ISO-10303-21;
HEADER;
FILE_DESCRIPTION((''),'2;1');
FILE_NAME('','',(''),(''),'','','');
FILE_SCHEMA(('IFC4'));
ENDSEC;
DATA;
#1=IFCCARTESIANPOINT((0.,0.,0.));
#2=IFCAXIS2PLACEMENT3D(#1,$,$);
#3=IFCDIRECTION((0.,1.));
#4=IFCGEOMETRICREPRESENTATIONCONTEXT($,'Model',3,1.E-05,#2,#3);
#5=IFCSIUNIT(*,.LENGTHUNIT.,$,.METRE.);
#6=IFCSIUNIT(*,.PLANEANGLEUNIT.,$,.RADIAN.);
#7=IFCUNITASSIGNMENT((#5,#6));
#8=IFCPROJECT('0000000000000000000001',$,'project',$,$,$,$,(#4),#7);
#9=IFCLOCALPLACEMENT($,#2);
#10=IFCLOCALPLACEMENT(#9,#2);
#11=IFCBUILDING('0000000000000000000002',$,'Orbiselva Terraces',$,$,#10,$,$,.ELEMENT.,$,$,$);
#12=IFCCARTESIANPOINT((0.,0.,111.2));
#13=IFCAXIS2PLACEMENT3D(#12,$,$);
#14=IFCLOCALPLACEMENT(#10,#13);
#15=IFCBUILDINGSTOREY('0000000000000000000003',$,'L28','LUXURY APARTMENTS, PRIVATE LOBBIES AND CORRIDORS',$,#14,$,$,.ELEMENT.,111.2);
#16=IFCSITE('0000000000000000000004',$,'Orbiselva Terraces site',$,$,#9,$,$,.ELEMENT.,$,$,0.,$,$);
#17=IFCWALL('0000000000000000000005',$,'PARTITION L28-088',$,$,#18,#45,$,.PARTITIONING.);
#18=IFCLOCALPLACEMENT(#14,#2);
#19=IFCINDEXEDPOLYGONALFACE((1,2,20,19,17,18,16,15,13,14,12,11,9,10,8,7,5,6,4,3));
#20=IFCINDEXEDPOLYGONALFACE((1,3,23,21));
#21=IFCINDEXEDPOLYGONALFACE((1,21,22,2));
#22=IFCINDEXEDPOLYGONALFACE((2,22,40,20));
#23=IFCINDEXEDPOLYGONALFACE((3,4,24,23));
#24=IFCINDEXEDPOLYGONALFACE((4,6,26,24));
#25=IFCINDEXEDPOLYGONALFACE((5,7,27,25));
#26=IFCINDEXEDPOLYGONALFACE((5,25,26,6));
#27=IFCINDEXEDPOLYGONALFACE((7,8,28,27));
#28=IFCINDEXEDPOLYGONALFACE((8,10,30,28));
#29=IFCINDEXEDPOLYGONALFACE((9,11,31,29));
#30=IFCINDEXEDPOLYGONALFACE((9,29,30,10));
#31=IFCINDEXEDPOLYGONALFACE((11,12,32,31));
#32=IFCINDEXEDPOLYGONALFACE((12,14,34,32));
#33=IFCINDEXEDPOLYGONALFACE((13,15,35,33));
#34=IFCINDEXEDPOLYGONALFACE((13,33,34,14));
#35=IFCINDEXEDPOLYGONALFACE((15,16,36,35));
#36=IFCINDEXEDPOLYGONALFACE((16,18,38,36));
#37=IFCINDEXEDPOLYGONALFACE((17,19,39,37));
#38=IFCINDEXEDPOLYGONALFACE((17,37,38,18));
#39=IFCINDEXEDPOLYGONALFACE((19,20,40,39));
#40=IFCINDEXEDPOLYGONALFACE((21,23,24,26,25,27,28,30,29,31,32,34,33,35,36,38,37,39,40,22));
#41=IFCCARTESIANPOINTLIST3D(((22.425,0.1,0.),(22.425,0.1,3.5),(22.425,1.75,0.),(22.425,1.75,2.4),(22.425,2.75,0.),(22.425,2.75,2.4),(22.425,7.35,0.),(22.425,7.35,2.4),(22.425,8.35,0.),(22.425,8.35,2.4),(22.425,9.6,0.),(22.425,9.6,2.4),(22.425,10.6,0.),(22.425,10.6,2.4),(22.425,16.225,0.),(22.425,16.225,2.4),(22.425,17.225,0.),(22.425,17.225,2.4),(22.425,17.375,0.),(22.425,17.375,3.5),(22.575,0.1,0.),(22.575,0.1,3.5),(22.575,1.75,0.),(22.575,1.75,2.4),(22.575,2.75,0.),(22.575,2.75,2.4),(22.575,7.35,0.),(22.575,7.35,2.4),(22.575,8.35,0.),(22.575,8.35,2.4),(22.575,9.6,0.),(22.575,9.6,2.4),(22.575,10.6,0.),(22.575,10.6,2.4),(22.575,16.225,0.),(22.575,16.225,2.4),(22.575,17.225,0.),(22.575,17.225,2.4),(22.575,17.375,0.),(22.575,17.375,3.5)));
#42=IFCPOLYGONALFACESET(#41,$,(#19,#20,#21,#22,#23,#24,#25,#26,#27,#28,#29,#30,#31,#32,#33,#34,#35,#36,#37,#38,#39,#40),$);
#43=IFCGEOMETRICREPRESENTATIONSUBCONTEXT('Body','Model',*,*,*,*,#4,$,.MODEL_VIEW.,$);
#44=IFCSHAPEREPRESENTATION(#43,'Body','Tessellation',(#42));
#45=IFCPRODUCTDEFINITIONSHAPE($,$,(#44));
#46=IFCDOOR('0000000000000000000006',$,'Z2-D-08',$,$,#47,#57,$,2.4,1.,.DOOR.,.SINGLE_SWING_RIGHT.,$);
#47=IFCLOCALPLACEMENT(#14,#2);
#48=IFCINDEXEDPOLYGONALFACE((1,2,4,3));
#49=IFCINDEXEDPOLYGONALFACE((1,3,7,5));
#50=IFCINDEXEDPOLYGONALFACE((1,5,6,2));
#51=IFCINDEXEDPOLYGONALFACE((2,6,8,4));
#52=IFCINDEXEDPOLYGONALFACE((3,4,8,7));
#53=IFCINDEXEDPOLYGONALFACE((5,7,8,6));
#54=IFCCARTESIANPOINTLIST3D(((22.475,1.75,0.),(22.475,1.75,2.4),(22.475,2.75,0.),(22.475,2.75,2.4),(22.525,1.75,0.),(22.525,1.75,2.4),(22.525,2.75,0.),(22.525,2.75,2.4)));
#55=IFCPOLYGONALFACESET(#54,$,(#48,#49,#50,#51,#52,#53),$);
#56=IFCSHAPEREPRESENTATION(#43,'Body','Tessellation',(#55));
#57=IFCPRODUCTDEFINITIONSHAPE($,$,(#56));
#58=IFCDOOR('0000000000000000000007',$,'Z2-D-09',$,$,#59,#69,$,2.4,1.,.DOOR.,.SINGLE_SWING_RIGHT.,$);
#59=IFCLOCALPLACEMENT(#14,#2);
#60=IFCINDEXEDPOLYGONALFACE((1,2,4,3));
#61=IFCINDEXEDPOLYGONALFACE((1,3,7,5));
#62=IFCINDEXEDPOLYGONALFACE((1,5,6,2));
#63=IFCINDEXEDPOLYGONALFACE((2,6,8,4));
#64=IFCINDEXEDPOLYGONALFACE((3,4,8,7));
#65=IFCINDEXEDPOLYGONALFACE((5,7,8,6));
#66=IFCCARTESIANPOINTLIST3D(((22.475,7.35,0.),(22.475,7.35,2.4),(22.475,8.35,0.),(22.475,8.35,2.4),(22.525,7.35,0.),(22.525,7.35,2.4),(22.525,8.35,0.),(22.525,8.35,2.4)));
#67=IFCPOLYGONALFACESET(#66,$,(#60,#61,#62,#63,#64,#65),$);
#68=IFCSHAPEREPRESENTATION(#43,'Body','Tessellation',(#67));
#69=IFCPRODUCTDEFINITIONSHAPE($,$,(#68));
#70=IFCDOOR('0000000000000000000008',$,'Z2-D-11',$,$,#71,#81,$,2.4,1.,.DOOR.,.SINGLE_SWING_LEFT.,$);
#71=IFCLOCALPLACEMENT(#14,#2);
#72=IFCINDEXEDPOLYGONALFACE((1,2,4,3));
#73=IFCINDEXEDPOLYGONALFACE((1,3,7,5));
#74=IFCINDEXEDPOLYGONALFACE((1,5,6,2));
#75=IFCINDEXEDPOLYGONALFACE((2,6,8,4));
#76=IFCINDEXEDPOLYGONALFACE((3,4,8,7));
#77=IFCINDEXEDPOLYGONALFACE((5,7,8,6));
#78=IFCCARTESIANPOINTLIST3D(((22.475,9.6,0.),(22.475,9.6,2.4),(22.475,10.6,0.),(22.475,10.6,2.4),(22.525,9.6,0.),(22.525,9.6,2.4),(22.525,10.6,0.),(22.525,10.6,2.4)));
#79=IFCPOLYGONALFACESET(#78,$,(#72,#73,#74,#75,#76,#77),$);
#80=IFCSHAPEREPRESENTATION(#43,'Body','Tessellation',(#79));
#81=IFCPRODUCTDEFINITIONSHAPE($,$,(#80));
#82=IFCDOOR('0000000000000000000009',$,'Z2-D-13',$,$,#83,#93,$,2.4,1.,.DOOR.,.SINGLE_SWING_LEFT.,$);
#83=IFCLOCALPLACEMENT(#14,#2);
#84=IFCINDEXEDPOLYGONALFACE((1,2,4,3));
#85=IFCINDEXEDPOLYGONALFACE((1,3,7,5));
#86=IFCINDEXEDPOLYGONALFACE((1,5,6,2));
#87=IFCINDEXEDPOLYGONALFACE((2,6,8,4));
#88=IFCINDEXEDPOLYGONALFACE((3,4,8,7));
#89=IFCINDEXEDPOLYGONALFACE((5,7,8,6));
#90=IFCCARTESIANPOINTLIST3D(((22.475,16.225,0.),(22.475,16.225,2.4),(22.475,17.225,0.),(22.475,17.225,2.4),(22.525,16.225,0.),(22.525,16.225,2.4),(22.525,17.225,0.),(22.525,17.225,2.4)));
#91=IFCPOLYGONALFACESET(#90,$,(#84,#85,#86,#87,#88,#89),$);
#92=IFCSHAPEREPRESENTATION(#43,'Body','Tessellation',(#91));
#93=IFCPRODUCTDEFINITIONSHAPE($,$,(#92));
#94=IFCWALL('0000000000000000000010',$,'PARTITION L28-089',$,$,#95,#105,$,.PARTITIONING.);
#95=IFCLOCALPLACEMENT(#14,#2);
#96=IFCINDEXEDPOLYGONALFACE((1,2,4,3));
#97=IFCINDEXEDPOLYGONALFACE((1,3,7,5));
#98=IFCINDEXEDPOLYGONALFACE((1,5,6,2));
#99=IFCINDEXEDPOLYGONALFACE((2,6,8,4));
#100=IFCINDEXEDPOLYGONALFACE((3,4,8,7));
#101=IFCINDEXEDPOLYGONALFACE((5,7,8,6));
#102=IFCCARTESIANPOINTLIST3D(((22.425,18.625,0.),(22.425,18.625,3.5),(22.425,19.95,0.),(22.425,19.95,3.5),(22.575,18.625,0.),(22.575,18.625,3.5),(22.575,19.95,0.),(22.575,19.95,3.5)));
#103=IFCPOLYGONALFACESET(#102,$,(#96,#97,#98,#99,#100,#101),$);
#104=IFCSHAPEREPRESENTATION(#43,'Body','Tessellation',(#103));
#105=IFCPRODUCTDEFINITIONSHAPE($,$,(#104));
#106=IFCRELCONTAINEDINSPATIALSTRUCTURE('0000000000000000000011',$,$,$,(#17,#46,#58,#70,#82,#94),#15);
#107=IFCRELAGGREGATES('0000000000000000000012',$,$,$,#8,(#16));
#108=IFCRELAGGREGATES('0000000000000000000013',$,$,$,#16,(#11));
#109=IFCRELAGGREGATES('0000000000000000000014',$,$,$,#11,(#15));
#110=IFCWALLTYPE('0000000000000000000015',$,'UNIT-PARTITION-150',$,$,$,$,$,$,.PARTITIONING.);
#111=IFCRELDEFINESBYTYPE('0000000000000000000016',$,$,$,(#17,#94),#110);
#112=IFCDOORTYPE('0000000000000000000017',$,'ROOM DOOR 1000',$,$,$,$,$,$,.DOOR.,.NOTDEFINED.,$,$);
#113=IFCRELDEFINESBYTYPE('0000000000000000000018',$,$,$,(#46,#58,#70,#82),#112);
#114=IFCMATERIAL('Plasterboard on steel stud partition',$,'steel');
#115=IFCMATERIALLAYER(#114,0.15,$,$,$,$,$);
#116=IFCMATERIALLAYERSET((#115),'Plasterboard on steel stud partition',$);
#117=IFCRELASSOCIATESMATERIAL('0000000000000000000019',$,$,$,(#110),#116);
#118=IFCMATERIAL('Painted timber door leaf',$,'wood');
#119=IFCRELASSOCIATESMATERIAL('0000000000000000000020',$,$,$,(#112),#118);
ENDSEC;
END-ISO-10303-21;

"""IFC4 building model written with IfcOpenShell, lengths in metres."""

from ifc_helpers import new_model, si_unit, direction, frame, frame_2d, origin, place, context, subcontext, project, spatial, rectangle, extrude, material, layer, layer_set, type_object, element, fill, save


model = new_model("IFC4")

# Units and contexts
model_context = context("Model", 3, precision=1e-05, world=origin(), true_north=direction((0.0, 1.0)))
body_context = subcontext(model_context, "Body", "Model", "MODEL_VIEW")
ifc_project = project(units=[si_unit("LENGTHUNIT", "METRE"), si_unit("PLANEANGLEUNIT", "RADIAN")], contexts=[model_context])

# Site, building, storey
site_placement = place(None, origin())
site = spatial("IfcSite", under=ifc_project, at=site_placement, Name="Orbiselva Terraces site", CompositionType="ELEMENT", RefElevation=0.0)
building_placement = place(site_placement, origin())
building = spatial("IfcBuilding", under=site, at=building_placement, Name="Orbiselva Terraces", CompositionType="ELEMENT")
storey_placement = place(building_placement, frame((0.0, 0.0, 111.2)))
storey = spatial("IfcBuildingStorey", under=building, at=storey_placement, Name="L28", Description="LUXURY APARTMENTS, PRIVATE LOBBIES AND CORRIDORS", CompositionType="ELEMENT", Elevation=111.2)

# Shared definitions
ifc_material_1 = material(Name="Plasterboard on steel stud partition", Category="steel")
ifc_material_2 = material(Name="Painted timber door leaf", Category="wood")
ifc_layer_1 = layer(ifc_material_1, 0.15)
ifc_layer_set_1 = layer_set([ifc_layer_1], Name="Plasterboard on steel stud partition")
wall_type_1 = type_object("IfcWallType", Name="UNIT-PARTITION-150", PredefinedType="PARTITIONING", material=ifc_layer_set_1)

# Wall, openings, doors
wall_1_placement = place(storey_placement, frame((22.5, 17.375, 0.0), z_axis=(0.0, 0.0, 1.0), x_axis=(0.0, -1.0, 0.0)))
wall_1 = element("IfcWall", 1, at=wall_1_placement, inside=storey, type_object=wall_type_1, Name="PARTITION L28-088", PredefinedType="PARTITIONING", context=body_context, shape_type="SweptSolid", body=[
    extrude(rectangle(XDim=17.275, YDim=0.15, at=frame_2d((8.6375, 0.0))), origin(), (0.0, 0.0, 1.0), 3.5),
])
opening_1_placement = place(wall_1_placement, frame((14.625, 0.0, 0.0)))
opening_1 = element("IfcOpeningElement", 2, at=opening_1_placement, cuts=wall_1, PredefinedType="OPENING", context=body_context, shape_type="SweptSolid", body=[
    extrude(rectangle(XDim=1.0, YDim=2.4, at=frame_2d((0.5, 1.2))), frame((0.0, 0.085, 0.0), z_axis=(0.0, -1.0, 0.0), x_axis=(1.0, 0.0, 0.0)), (0.0, 0.0, 1.0), 0.17),
])
opening_2_placement = place(wall_1_placement, frame((9.025, 0.0, 0.0)))
opening_2 = element("IfcOpeningElement", 3, at=opening_2_placement, cuts=wall_1, PredefinedType="OPENING", context=body_context, shape_type="SweptSolid", body=[
    extrude(rectangle(XDim=1.0, YDim=2.4, at=frame_2d((0.5, 1.2))), frame((0.0, 0.085, 0.0), z_axis=(0.0, -1.0, 0.0), x_axis=(1.0, 0.0, 0.0)), (0.0, 0.0, 1.0), 0.17),
])
opening_3_placement = place(wall_1_placement, frame((6.775, 0.0, 0.0)))
opening_3 = element("IfcOpeningElement", 4, at=opening_3_placement, cuts=wall_1, PredefinedType="OPENING", context=body_context, shape_type="SweptSolid", body=[
    extrude(rectangle(XDim=1.0, YDim=2.4, at=frame_2d((0.5, 1.2))), frame((0.0, 0.085, 0.0), z_axis=(0.0, -1.0, 0.0), x_axis=(1.0, 0.0, 0.0)), (0.0, 0.0, 1.0), 0.17),
])
opening_4_placement = place(wall_1_placement, frame((0.15, 0.0, 0.0)))
opening_4 = element("IfcOpeningElement", 5, at=opening_4_placement, cuts=wall_1, PredefinedType="OPENING", context=body_context, shape_type="SweptSolid", body=[
    extrude(rectangle(XDim=1.0, YDim=2.4, at=frame_2d((0.5, 1.2))), frame((0.0, 0.085, 0.0), z_axis=(0.0, -1.0, 0.0), x_axis=(1.0, 0.0, 0.0)), (0.0, 0.0, 1.0), 0.17),
])
door_type_1 = type_object("IfcDoorType", Name="ROOM DOOR 1000", OperationType="NOTDEFINED", PredefinedType="DOOR", material=ifc_material_2)
door_1_placement = place(opening_1_placement, origin())
door_1 = element("IfcDoor", 6, at=door_1_placement, inside=storey, type_object=door_type_1, Name="Z2-D-08", OperationType="SINGLE_SWING_RIGHT", OverallHeight=2.4, OverallWidth=1.0, PredefinedType="DOOR", context=body_context, shape_type="SweptSolid", body=[
    extrude(rectangle(XDim=1.0, YDim=2.4, at=frame_2d((0.5, 1.2))), frame((0.0, 0.025, 0.0), z_axis=(0.0, -1.0, 0.0), x_axis=(1.0, 0.0, 0.0)), (0.0, 0.0, 1.0), 0.05),
])
fill(opening_1, door_1)
door_2_placement = place(opening_2_placement, origin())
door_2 = element("IfcDoor", 7, at=door_2_placement, inside=storey, type_object=door_type_1, Name="Z2-D-09", OperationType="SINGLE_SWING_RIGHT", OverallHeight=2.4, OverallWidth=1.0, PredefinedType="DOOR", context=body_context, shape_type="SweptSolid", body=[
    extrude(rectangle(XDim=1.0, YDim=2.4, at=frame_2d((0.5, 1.2))), frame((0.0, 0.025, 0.0), z_axis=(0.0, -1.0, 0.0), x_axis=(1.0, 0.0, 0.0)), (0.0, 0.0, 1.0), 0.05),
])
fill(opening_2, door_2)
door_3_placement = place(opening_3_placement, origin())
door_3 = element("IfcDoor", 8, at=door_3_placement, inside=storey, type_object=door_type_1, Name="Z2-D-11", OperationType="SINGLE_SWING_LEFT", OverallHeight=2.4, OverallWidth=1.0, PredefinedType="DOOR", context=body_context, shape_type="SweptSolid", body=[
    extrude(rectangle(XDim=1.0, YDim=2.4, at=frame_2d((0.5, 1.2))), frame((0.0, 0.025, 0.0), z_axis=(0.0, -1.0, 0.0), x_axis=(1.0, 0.0, 0.0)), (0.0, 0.0, 1.0), 0.05),
])
fill(opening_3, door_3)
door_4_placement = place(opening_4_placement, origin())
door_4 = element("IfcDoor", 9, at=door_4_placement, inside=storey, type_object=door_type_1, Name="Z2-D-13", OperationType="SINGLE_SWING_LEFT", OverallHeight=2.4, OverallWidth=1.0, PredefinedType="DOOR", context=body_context, shape_type="SweptSolid", body=[
    extrude(rectangle(XDim=1.0, YDim=2.4, at=frame_2d((0.5, 1.2))), frame((0.0, 0.025, 0.0), z_axis=(0.0, -1.0, 0.0), x_axis=(1.0, 0.0, 0.0)), (0.0, 0.0, 1.0), 0.05),
])
fill(opening_4, door_4)

# Wall
wall_2_placement = place(storey_placement, frame((22.5, 18.625, 0.0), z_axis=(0.0, 0.0, 1.0), x_axis=(0.0, 1.0, 0.0)))
element("IfcWall", 10, at=wall_2_placement, inside=storey, type_object=wall_type_1, Name="PARTITION L28-089", PredefinedType="PARTITIONING", context=body_context, shape_type="SweptSolid", body=[
    extrude(rectangle(XDim=1.325, YDim=0.15, at=frame_2d((0.6625, 0.0))), origin(), (0.0, 0.0, 1.0), 3.5),
])

save(model, "model.ifc")
